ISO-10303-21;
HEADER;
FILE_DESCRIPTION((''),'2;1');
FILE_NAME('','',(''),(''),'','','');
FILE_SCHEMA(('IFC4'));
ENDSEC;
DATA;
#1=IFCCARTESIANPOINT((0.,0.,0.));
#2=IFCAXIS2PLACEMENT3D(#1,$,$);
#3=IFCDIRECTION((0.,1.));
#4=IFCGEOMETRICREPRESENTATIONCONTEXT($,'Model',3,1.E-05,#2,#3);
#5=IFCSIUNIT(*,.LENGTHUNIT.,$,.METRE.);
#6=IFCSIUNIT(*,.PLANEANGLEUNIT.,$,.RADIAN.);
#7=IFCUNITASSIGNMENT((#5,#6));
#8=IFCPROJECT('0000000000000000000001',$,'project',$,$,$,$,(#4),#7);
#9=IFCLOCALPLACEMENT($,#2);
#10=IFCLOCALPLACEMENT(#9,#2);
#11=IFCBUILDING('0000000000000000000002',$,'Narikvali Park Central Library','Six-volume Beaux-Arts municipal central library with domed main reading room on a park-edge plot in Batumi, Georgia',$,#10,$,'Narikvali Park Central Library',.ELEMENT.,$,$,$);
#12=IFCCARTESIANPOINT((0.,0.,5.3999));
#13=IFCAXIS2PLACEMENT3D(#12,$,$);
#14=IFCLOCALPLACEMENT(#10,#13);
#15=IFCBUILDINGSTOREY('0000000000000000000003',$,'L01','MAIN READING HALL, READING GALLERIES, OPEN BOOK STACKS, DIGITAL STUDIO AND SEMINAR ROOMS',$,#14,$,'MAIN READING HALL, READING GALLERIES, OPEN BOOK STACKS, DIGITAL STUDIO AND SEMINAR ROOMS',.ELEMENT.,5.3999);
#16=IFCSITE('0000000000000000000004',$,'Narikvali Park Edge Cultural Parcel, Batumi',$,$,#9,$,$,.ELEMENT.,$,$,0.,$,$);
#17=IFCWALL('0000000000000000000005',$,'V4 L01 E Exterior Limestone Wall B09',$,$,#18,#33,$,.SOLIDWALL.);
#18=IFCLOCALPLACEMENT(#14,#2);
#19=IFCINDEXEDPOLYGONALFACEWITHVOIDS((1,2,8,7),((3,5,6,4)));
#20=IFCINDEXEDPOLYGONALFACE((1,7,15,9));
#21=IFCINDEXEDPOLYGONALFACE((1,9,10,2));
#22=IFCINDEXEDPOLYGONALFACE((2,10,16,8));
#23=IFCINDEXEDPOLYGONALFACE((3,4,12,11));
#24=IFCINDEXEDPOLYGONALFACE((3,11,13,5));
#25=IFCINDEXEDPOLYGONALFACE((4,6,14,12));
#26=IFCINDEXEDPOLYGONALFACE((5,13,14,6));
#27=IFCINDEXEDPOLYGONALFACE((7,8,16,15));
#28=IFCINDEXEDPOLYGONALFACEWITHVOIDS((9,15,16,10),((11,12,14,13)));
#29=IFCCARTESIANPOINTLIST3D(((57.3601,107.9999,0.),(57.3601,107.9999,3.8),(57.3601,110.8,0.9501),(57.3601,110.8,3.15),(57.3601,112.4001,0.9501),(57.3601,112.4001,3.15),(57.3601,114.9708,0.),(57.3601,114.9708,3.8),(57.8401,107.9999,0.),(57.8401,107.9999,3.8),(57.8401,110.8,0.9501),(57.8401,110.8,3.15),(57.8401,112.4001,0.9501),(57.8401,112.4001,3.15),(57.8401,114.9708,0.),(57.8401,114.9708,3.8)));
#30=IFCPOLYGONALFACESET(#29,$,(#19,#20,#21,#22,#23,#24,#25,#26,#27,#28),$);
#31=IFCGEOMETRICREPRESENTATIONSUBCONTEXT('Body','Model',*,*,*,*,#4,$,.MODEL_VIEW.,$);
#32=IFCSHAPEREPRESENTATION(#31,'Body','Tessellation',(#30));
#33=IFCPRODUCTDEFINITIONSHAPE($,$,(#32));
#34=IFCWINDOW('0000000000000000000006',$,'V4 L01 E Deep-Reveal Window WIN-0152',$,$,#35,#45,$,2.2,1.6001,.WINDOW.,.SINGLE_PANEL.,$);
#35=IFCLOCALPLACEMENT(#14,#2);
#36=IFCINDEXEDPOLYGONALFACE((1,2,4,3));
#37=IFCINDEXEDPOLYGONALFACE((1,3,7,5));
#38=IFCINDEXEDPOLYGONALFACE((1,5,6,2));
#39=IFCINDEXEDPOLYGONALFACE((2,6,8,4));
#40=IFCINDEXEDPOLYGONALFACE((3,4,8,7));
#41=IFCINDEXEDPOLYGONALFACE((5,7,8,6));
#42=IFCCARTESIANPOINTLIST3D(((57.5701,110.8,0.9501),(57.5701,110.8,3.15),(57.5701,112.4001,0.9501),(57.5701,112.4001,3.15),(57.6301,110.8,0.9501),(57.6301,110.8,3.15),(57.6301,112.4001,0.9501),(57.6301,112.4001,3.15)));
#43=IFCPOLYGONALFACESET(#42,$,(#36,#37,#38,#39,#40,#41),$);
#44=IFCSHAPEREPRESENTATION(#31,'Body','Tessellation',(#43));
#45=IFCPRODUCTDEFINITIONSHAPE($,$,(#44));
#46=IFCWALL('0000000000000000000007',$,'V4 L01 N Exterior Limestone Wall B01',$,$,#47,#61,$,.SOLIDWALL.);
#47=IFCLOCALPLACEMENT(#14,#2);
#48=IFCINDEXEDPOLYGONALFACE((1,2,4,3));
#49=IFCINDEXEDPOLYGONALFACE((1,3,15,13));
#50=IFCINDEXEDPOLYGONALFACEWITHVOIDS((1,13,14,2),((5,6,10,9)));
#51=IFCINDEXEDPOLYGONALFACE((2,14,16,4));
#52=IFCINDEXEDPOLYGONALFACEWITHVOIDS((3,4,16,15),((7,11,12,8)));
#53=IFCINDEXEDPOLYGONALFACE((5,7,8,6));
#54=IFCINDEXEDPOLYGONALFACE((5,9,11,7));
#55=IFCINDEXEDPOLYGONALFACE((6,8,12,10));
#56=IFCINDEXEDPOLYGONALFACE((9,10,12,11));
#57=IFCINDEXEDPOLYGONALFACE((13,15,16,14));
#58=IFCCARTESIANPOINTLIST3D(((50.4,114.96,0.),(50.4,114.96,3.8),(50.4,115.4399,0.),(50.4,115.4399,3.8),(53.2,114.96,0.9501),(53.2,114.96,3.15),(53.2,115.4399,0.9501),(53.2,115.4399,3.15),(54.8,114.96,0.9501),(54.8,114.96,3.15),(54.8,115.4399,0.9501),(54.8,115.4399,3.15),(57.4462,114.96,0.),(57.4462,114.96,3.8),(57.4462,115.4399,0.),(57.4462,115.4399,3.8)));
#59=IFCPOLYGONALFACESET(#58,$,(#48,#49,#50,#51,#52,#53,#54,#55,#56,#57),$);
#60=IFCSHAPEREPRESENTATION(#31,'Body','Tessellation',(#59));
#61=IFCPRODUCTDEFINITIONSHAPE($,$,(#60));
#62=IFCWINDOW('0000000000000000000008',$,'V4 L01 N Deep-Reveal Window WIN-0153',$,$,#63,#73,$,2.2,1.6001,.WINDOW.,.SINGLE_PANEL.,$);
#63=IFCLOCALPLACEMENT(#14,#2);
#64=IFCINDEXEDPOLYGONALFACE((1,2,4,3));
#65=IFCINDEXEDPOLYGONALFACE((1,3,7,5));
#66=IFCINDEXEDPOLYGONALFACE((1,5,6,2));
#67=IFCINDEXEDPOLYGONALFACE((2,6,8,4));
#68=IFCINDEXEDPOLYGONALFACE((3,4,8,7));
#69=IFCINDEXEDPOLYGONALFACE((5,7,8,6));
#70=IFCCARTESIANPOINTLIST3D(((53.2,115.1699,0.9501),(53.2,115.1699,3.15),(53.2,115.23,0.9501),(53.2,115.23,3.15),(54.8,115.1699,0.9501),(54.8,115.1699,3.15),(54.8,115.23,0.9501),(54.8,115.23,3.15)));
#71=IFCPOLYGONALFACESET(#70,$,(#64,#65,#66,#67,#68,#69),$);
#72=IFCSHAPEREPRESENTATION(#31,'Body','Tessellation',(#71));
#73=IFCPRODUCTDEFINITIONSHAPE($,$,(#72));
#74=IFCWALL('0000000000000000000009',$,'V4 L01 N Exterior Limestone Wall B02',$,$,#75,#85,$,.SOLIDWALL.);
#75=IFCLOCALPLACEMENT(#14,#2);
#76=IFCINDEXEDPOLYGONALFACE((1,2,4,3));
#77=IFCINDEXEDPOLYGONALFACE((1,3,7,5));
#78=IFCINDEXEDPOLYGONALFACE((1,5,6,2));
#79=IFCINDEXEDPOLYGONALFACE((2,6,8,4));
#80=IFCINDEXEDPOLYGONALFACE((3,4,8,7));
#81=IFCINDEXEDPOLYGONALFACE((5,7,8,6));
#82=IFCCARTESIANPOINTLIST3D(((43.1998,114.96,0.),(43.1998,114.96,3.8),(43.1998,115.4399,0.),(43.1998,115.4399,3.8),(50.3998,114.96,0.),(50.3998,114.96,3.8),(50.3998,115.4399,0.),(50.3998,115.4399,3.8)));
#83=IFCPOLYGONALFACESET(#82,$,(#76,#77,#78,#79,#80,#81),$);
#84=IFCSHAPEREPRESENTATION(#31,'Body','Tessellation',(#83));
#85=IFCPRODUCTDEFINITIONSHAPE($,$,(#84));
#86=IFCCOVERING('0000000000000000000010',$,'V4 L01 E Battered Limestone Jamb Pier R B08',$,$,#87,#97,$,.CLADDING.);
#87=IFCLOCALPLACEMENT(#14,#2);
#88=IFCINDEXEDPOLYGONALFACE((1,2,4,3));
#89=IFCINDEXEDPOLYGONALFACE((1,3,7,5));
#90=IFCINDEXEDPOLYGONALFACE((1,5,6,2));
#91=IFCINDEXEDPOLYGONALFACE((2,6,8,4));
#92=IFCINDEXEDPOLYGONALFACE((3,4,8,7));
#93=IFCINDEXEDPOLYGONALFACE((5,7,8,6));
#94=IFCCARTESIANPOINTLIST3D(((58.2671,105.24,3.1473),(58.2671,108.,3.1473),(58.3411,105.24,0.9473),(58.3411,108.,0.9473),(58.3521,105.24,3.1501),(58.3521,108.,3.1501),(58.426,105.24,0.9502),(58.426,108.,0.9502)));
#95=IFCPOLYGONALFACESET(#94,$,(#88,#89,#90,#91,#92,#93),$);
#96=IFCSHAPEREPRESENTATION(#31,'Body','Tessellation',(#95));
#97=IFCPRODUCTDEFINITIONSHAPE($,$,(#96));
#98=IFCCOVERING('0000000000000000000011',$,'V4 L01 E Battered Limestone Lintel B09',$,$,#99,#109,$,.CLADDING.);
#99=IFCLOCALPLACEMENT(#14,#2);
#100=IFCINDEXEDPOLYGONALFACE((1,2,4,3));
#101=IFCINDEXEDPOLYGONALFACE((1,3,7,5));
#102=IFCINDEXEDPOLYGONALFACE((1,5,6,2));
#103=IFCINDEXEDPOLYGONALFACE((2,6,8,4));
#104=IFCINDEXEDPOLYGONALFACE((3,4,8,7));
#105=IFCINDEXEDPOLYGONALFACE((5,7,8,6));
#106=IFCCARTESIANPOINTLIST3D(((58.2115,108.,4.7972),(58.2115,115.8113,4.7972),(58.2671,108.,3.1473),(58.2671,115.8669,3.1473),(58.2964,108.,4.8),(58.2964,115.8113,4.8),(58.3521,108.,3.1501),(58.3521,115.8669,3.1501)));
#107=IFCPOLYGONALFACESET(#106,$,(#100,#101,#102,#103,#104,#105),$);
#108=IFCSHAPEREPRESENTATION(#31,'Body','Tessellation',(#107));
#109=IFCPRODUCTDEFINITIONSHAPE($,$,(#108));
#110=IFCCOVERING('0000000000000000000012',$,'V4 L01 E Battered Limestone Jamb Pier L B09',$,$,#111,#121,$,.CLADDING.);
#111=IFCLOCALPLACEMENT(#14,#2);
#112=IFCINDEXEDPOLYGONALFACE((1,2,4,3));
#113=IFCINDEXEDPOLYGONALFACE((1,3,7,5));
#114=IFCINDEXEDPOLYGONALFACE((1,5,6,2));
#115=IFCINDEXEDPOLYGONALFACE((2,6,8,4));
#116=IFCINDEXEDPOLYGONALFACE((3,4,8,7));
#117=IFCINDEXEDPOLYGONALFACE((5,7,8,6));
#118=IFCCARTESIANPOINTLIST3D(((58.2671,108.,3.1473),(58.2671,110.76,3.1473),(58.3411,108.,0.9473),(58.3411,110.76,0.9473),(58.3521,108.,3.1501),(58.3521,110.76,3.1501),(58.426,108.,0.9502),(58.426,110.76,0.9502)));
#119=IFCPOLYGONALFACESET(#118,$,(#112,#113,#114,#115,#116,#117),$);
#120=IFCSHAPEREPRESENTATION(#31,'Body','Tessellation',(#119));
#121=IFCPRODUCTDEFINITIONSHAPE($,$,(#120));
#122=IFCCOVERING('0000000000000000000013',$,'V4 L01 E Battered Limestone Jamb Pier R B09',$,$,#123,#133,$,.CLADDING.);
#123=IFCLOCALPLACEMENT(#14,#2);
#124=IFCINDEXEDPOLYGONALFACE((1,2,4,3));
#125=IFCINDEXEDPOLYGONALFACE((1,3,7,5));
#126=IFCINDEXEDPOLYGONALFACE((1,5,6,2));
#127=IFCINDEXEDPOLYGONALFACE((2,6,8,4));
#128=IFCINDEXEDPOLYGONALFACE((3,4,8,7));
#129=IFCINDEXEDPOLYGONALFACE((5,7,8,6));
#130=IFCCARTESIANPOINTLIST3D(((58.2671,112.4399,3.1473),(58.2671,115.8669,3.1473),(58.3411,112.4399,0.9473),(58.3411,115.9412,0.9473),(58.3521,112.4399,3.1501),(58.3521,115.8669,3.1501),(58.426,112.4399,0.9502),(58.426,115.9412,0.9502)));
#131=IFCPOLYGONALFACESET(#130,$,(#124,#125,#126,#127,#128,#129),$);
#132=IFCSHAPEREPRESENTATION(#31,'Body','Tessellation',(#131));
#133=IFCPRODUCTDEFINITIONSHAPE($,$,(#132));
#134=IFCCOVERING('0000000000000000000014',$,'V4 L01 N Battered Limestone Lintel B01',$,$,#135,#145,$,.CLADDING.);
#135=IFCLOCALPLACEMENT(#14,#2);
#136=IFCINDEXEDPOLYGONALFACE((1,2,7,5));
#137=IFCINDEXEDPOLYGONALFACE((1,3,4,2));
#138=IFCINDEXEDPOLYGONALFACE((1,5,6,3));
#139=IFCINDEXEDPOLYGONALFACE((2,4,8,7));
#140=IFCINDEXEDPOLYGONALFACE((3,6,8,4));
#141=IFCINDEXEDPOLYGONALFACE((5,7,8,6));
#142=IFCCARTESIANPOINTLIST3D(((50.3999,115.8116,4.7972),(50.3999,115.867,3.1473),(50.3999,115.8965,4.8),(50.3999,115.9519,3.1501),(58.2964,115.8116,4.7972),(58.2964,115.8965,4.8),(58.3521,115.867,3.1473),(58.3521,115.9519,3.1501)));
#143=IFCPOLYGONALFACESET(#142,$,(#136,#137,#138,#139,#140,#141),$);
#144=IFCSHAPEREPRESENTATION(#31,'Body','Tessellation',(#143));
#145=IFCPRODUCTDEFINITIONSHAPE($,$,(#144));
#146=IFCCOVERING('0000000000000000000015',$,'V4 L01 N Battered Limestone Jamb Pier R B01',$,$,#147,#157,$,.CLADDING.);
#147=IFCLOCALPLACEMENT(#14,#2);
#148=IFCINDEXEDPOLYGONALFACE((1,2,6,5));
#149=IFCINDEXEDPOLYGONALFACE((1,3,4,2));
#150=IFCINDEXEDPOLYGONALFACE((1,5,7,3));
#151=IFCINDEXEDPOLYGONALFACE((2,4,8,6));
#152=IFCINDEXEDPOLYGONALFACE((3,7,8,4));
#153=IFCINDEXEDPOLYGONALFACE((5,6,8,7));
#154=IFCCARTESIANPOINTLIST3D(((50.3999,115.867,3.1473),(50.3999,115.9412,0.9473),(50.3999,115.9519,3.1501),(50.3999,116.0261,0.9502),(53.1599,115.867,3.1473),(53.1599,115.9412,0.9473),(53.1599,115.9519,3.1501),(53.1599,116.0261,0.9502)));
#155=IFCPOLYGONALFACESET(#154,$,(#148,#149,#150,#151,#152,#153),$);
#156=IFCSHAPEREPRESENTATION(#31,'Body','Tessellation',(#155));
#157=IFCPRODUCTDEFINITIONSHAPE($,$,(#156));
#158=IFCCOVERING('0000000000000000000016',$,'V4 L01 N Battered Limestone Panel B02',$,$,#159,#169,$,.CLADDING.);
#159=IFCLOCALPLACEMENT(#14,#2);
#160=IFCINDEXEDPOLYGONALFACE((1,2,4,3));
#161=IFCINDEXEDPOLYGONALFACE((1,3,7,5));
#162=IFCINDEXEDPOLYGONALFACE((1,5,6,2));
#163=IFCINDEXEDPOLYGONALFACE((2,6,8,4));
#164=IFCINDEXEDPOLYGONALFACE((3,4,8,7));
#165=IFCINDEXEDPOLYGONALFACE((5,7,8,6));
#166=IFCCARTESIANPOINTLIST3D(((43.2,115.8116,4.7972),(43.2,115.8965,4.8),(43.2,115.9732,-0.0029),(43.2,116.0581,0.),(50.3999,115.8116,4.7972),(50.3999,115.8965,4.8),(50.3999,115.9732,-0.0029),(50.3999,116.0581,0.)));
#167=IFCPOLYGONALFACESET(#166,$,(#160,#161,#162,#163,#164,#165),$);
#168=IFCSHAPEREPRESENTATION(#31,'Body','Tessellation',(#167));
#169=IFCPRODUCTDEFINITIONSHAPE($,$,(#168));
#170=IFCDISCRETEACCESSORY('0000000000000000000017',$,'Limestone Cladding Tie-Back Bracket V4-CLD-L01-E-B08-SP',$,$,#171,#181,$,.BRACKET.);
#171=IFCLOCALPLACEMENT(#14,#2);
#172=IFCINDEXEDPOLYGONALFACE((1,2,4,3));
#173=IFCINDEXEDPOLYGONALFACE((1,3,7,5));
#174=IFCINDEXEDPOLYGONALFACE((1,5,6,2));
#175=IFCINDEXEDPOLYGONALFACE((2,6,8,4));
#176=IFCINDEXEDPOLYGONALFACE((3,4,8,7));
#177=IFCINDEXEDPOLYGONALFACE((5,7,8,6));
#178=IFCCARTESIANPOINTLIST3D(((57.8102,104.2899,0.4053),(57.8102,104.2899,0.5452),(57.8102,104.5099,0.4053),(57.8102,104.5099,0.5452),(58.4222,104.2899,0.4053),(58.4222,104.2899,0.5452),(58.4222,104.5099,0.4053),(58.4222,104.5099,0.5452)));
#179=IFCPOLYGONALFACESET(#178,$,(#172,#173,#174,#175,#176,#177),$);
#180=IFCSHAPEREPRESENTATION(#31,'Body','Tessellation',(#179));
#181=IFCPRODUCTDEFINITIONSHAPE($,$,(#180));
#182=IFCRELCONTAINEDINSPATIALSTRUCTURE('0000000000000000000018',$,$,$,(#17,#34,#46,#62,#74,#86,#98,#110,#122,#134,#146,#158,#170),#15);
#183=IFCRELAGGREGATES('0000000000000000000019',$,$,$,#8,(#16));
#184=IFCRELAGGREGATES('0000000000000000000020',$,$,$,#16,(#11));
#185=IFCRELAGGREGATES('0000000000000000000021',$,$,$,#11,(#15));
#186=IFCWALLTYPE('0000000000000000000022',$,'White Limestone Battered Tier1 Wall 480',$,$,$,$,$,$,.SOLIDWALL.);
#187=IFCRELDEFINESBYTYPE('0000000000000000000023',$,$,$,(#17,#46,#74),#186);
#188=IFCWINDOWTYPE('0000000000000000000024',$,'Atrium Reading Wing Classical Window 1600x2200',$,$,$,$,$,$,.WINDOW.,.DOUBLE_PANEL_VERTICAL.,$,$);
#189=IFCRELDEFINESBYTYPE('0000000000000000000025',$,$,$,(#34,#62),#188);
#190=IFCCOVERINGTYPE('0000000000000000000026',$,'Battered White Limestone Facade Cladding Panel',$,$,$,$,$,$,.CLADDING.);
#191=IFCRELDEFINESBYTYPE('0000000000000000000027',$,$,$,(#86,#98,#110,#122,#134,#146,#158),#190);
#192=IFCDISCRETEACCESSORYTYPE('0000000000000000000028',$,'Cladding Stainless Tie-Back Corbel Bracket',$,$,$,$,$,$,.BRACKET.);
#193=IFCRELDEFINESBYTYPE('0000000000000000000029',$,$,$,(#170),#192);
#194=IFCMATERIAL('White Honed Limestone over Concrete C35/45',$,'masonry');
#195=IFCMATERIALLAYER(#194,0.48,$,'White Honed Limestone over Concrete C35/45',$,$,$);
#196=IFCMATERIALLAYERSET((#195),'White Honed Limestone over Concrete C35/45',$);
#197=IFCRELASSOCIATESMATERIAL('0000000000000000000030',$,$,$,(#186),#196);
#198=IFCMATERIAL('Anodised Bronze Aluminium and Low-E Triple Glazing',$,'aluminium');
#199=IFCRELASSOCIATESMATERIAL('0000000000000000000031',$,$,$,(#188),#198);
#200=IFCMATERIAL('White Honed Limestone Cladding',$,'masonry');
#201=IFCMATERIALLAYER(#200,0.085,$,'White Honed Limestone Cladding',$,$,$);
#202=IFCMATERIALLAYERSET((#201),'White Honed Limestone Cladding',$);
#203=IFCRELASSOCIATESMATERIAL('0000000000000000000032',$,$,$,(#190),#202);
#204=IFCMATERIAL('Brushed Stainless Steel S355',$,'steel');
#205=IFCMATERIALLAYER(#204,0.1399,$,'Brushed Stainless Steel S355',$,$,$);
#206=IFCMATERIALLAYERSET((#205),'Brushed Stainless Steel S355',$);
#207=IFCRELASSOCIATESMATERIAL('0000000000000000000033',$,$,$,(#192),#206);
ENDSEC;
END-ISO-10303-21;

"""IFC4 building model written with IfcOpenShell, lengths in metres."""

from ifc_helpers import new_model, si_unit, direction, frame, frame_2d, origin, origin_2d, place, context, subcontext, project, spatial, polyline, rectangle, outline, extrude, material, layer, layer_set, type_object, element, fill, save


model = new_model("IFC4")

# Units and contexts
model_context = context("Model", 3, precision=1e-05, world=origin(), true_north=direction((0.0, 1.0)))
body_context = subcontext(model_context, "Body", "Model", "MODEL_VIEW")
ifc_project = project(units=[si_unit("LENGTHUNIT", "METRE"), si_unit("PLANEANGLEUNIT", "RADIAN")], contexts=[model_context])

# Site, building, storey
site_placement = place(None, origin())
site = spatial("IfcSite", under=ifc_project, at=site_placement, Name="Narikvali Park Edge Cultural Parcel, Batumi", CompositionType="ELEMENT", RefElevation=0.0)
building_placement = place(site_placement, origin())
building = spatial("IfcBuilding", under=site, at=building_placement, Name="Narikvali Park Central Library", Description="Six-volume Beaux-Arts municipal central library with domed main reading room on a park-edge plot in Batumi, Georgia", LongName="Narikvali Park Central Library", CompositionType="ELEMENT")
storey_placement = place(building_placement, frame((0.0, 0.0, 5.3999)))
storey = spatial("IfcBuildingStorey", under=building, at=storey_placement, Name="L01", Description="MAIN READING HALL, READING GALLERIES, OPEN BOOK STACKS, DIGITAL STUDIO AND SEMINAR ROOMS", LongName="MAIN READING HALL, READING GALLERIES, OPEN BOOK STACKS, DIGITAL STUDIO AND SEMINAR ROOMS", CompositionType="ELEMENT", Elevation=5.3999)

# Walls, openings, windows
ifc_material_1 = material(Name="White Honed Limestone over Concrete C35/45", Category="masonry")
ifc_layer_1 = layer(ifc_material_1, 0.48, Name="White Honed Limestone over Concrete C35/45")
ifc_layer_set_1 = layer_set([ifc_layer_1], Name="White Honed Limestone over Concrete C35/45")
wall_type_1 = type_object("IfcWallType", Name="White Limestone Battered Tier1 Wall 480", PredefinedType="SOLIDWALL", material=ifc_layer_set_1)
wall_1_placement = place(storey_placement, frame((57.6001, 108.0, 0.0), z_axis=(0.0, 0.0, 1.0), x_axis=(0.0, 1.0, 0.0)))
wall_1 = element("IfcWall", 1, at=wall_1_placement, inside=storey, type_object=wall_type_1, Name="V4 L01 E Exterior Limestone Wall B09", PredefinedType="SOLIDWALL", context=body_context, shape_type="SweptSolid", body=[
    extrude(rectangle(XDim=6.9709, YDim=0.48, at=frame_2d((3.4854, 0.0))), origin(), (0.0, 0.0, 1.0), 3.8),
])
opening_1_placement = place(wall_1_placement, frame((2.8, 0.0, 0.95)))
opening_1 = element("IfcOpeningElement", 2, at=opening_1_placement, cuts=wall_1, PredefinedType="OPENING", context=body_context, shape_type="SweptSolid", body=[
    extrude(rectangle(XDim=1.6001, YDim=2.2, at=frame_2d((0.8, 1.1001))), frame((0.0, 0.252, 0.0), z_axis=(0.0, -1.0, 0.0), x_axis=(1.0, 0.0, 0.0)), (0.0, 0.0, 1.0), 0.5039),
])
ifc_material_2 = material(Name="Anodised Bronze Aluminium and Low-E Triple Glazing", Category="aluminium")
window_type = type_object("IfcWindowType", Name="Atrium Reading Wing Classical Window 1600x2200", PartitioningType="DOUBLE_PANEL_VERTICAL", PredefinedType="WINDOW", material=ifc_material_2)
window_1_placement = place(opening_1_placement, origin())
window_1 = element("IfcWindow", 3, at=window_1_placement, inside=storey, type_object=window_type, Name="V4 L01 E Deep-Reveal Window WIN-0152", OverallHeight=2.2, OverallWidth=1.6001, PartitioningType="SINGLE_PANEL", PredefinedType="WINDOW", context=body_context, shape_type="SweptSolid", body=[
    extrude(rectangle(XDim=1.6001, YDim=2.2, at=frame_2d((0.8, 1.1001))), frame((0.0, 0.03, 0.0), z_axis=(0.0, -1.0, 0.0), x_axis=(1.0, 0.0, 0.0)), (0.0, 0.0, 1.0), 0.0601),
])
fill(opening_1, window_1)
wall_2_placement = place(storey_placement, frame((57.446, 115.2, 0.0), z_axis=(0.0, 0.0, 1.0), x_axis=(-1.0, 0.0, 0.0)))
wall_2 = element("IfcWall", 4, at=wall_2_placement, inside=storey, type_object=wall_type_1, Name="V4 L01 N Exterior Limestone Wall B01", PredefinedType="SOLIDWALL", context=body_context, shape_type="SweptSolid", body=[
    extrude(rectangle(XDim=7.0461, YDim=0.48, at=frame_2d((3.5229, 0.0))), origin(), (0.0, 0.0, 1.0), 3.8),
])
opening_2_placement = place(wall_2_placement, frame((2.646, 0.0, 0.95)))
opening_2 = element("IfcOpeningElement", 5, at=opening_2_placement, cuts=wall_2, PredefinedType="OPENING", context=body_context, shape_type="SweptSolid", body=[
    extrude(rectangle(XDim=1.6001, YDim=2.2, at=frame_2d((0.8, 1.1001))), frame((0.0, 0.252, 0.0), z_axis=(0.0, -1.0, 0.0), x_axis=(1.0, 0.0, 0.0)), (0.0, 0.0, 1.0), 0.5039),
])
window_2_placement = place(opening_2_placement, origin())
window_2 = element("IfcWindow", 6, at=window_2_placement, inside=storey, type_object=window_type, Name="V4 L01 N Deep-Reveal Window WIN-0153", OverallHeight=2.2, OverallWidth=1.6001, PartitioningType="SINGLE_PANEL", PredefinedType="WINDOW", context=body_context, shape_type="SweptSolid", body=[
    extrude(rectangle(XDim=1.6001, YDim=2.2, at=frame_2d((0.8, 1.1001))), frame((0.0, 0.03, 0.0), z_axis=(0.0, -1.0, 0.0), x_axis=(1.0, 0.0, 0.0)), (0.0, 0.0, 1.0), 0.0601),
])
fill(opening_2, window_2)

# Wall
wall_3_placement = place(storey_placement, frame((50.3999, 115.2, 0.0), z_axis=(0.0, 0.0, 1.0), x_axis=(-1.0, 0.0, 0.0)))
element("IfcWall", 7, at=wall_3_placement, inside=storey, type_object=wall_type_1, Name="V4 L01 N Exterior Limestone Wall B02", PredefinedType="SOLIDWALL", context=body_context, shape_type="SweptSolid", body=[
    extrude(rectangle(XDim=7.2, YDim=0.48, at=frame_2d((3.6001, 0.0))), origin(), (0.0, 0.0, 1.0), 3.8),
])

# Coverings
ifc_material_3 = material(Name="White Honed Limestone Cladding", Category="masonry")
ifc_layer_2 = layer(ifc_material_3, 0.085, Name="White Honed Limestone Cladding")
ifc_layer_set_2 = layer_set([ifc_layer_2], Name="White Honed Limestone Cladding")
covering_type = type_object("IfcCoveringType", Name="Battered White Limestone Facade Cladding Panel", PredefinedType="CLADDING", material=ifc_layer_set_2)
covering_1_placement = place(storey_placement, frame((58.426, 105.24, 0.9502), z_axis=(0.999435, 0.0, 0.033607), x_axis=(0.0, 1.0, 0.0)))
element("IfcCovering", 8, at=covering_1_placement, inside=storey, type_object=covering_type, Name="V4 L01 E Battered Limestone Jamb Pier R B08", PredefinedType="CLADDING", context=body_context, shape_type="SweptSolid", body=[
    extrude(outline(polyline([(0.0, 0.0), (2.76, 0.0), (2.76, 2.2012), (0.0, 2.2012), (0.0, 0.0)])), origin(), (0.0, 0.0, -1.0), 0.085),
])
covering_2_placement = place(storey_placement, frame((58.3521, 108.0, 3.1501), z_axis=(0.999431, 0.0, 0.033719), x_axis=(0.0, 1.0, 0.0)))
element("IfcCovering", 9, at=covering_2_placement, inside=storey, type_object=covering_type, Name="V4 L01 E Battered Limestone Lintel B09", PredefinedType="CLADDING", context=body_context, shape_type="SweptSolid", body=[
    extrude(outline(polyline([(0.0, 0.0), (7.8669, 0.0), (7.8113, 1.6508), (0.0, 1.6508), (0.0, 0.0)])), origin(), (0.0, 0.0, -1.0), 0.085),
])
covering_3_placement = place(storey_placement, frame((58.426, 108.0, 0.9502), z_axis=(0.999435, 0.0, 0.033607), x_axis=(0.0, 1.0, 0.0)))
element("IfcCovering", 10, at=covering_3_placement, inside=storey, type_object=covering_type, Name="V4 L01 E Battered Limestone Jamb Pier L B09", PredefinedType="CLADDING", context=body_context, shape_type="SweptSolid", body=[
    extrude(outline(polyline([(0.0, 0.0), (2.76, 0.0), (2.76, 2.2012), (0.0, 2.2012), (0.0, 0.0)])), origin(), (0.0, 0.0, -1.0), 0.085),
])
covering_4_placement = place(storey_placement, frame((58.426, 112.4399, 0.9502), z_axis=(0.999435, 0.0, 0.033607), x_axis=(0.0, 1.0, 0.0)))
element("IfcCovering", 11, at=covering_4_placement, inside=storey, type_object=covering_type, Name="V4 L01 E Battered Limestone Jamb Pier R B09", PredefinedType="CLADDING", context=body_context, shape_type="SweptSolid", body=[
    extrude(outline(polyline([(0.0, 0.0), (3.5012, 0.0), (3.427, 2.2012), (0.0, 2.2012), (0.0, 0.0)])), origin(), (0.0, 0.0, -1.0), 0.085),
])
covering_5_placement = place(storey_placement, frame((58.3521, 115.9519, 3.1501), z_axis=(0.0, 0.999436, 0.033571), x_axis=(-1.0, 0.0, 0.0)))
element("IfcCovering", 12, at=covering_5_placement, inside=storey, type_object=covering_type, Name="V4 L01 N Battered Limestone Lintel B01", PredefinedType="CLADDING", context=body_context, shape_type="SweptSolid", body=[
    extrude(outline(polyline([(0.0, 0.0), (7.9521, 0.0), (7.9521, 1.6508), (0.0557, 1.6508), (0.0, 0.0)])), origin(), (0.0, 0.0, -1.0), 0.085),
])
covering_6_placement = place(storey_placement, frame((53.1599, 116.0261, 0.9502), z_axis=(0.0, 0.999431, 0.033717), x_axis=(-1.0, 0.0, 0.0)))
element("IfcCovering", 13, at=covering_6_placement, inside=storey, type_object=covering_type, Name="V4 L01 N Battered Limestone Jamb Pier R B01", PredefinedType="CLADDING", context=body_context, shape_type="SweptSolid", body=[
    extrude(outline(polyline([(0.0, 0.0), (2.76, 0.0), (2.76, 2.2012), (0.0, 2.2012), (0.0, 0.0)])), origin(), (0.0, 0.0, -1.0), 0.085),
])
covering_7_placement = place(storey_placement, frame((50.3999, 116.0581, 0.0), z_axis=(0.0, 0.999434, 0.033652), x_axis=(-1.0, 0.0, 0.0)))
element("IfcCovering", 14, at=covering_7_placement, inside=storey, type_object=covering_type, Name="V4 L01 N Battered Limestone Panel B02", PredefinedType="CLADDING", context=body_context, shape_type="SweptSolid", body=[
    extrude(outline(polyline([(0.0, 0.0), (7.2, 0.0), (7.2, 4.8028), (0.0, 4.8028), (0.0, 0.0)])), origin(), (0.0, 0.0, -1.0), 0.085),
])

# Discrete accessory
ifc_material_4 = material(Name="Brushed Stainless Steel S355", Category="steel")
ifc_layer_3 = layer(ifc_material_4, 0.1399, Name="Brushed Stainless Steel S355")
ifc_layer_set_3 = layer_set([ifc_layer_3], Name="Brushed Stainless Steel S355")
discrete_accessory_type = type_object("IfcDiscreteAccessoryType", Name="Cladding Stainless Tie-Back Corbel Bracket", PredefinedType="BRACKET", material=ifc_layer_set_3)
discrete_accessory_1_placement = place(storey_placement, frame((58.1162, 104.3999, 0.4053), z_axis=(0.0, 0.0, 1.0), x_axis=(1.0, 0.0, 0.0)))
element("IfcDiscreteAccessory", 15, at=discrete_accessory_1_placement, inside=storey, type_object=discrete_accessory_type, Name="Limestone Cladding Tie-Back Bracket V4-CLD-L01-E-B08-SP", PredefinedType="BRACKET", context=body_context, shape_type="SweptSolid", body=[
    extrude(rectangle(XDim=0.6121, YDim=0.22, at=origin_2d()), origin(), (0.0, 0.0, 1.0), 0.1399),
])

save(model, "model.ifc")
